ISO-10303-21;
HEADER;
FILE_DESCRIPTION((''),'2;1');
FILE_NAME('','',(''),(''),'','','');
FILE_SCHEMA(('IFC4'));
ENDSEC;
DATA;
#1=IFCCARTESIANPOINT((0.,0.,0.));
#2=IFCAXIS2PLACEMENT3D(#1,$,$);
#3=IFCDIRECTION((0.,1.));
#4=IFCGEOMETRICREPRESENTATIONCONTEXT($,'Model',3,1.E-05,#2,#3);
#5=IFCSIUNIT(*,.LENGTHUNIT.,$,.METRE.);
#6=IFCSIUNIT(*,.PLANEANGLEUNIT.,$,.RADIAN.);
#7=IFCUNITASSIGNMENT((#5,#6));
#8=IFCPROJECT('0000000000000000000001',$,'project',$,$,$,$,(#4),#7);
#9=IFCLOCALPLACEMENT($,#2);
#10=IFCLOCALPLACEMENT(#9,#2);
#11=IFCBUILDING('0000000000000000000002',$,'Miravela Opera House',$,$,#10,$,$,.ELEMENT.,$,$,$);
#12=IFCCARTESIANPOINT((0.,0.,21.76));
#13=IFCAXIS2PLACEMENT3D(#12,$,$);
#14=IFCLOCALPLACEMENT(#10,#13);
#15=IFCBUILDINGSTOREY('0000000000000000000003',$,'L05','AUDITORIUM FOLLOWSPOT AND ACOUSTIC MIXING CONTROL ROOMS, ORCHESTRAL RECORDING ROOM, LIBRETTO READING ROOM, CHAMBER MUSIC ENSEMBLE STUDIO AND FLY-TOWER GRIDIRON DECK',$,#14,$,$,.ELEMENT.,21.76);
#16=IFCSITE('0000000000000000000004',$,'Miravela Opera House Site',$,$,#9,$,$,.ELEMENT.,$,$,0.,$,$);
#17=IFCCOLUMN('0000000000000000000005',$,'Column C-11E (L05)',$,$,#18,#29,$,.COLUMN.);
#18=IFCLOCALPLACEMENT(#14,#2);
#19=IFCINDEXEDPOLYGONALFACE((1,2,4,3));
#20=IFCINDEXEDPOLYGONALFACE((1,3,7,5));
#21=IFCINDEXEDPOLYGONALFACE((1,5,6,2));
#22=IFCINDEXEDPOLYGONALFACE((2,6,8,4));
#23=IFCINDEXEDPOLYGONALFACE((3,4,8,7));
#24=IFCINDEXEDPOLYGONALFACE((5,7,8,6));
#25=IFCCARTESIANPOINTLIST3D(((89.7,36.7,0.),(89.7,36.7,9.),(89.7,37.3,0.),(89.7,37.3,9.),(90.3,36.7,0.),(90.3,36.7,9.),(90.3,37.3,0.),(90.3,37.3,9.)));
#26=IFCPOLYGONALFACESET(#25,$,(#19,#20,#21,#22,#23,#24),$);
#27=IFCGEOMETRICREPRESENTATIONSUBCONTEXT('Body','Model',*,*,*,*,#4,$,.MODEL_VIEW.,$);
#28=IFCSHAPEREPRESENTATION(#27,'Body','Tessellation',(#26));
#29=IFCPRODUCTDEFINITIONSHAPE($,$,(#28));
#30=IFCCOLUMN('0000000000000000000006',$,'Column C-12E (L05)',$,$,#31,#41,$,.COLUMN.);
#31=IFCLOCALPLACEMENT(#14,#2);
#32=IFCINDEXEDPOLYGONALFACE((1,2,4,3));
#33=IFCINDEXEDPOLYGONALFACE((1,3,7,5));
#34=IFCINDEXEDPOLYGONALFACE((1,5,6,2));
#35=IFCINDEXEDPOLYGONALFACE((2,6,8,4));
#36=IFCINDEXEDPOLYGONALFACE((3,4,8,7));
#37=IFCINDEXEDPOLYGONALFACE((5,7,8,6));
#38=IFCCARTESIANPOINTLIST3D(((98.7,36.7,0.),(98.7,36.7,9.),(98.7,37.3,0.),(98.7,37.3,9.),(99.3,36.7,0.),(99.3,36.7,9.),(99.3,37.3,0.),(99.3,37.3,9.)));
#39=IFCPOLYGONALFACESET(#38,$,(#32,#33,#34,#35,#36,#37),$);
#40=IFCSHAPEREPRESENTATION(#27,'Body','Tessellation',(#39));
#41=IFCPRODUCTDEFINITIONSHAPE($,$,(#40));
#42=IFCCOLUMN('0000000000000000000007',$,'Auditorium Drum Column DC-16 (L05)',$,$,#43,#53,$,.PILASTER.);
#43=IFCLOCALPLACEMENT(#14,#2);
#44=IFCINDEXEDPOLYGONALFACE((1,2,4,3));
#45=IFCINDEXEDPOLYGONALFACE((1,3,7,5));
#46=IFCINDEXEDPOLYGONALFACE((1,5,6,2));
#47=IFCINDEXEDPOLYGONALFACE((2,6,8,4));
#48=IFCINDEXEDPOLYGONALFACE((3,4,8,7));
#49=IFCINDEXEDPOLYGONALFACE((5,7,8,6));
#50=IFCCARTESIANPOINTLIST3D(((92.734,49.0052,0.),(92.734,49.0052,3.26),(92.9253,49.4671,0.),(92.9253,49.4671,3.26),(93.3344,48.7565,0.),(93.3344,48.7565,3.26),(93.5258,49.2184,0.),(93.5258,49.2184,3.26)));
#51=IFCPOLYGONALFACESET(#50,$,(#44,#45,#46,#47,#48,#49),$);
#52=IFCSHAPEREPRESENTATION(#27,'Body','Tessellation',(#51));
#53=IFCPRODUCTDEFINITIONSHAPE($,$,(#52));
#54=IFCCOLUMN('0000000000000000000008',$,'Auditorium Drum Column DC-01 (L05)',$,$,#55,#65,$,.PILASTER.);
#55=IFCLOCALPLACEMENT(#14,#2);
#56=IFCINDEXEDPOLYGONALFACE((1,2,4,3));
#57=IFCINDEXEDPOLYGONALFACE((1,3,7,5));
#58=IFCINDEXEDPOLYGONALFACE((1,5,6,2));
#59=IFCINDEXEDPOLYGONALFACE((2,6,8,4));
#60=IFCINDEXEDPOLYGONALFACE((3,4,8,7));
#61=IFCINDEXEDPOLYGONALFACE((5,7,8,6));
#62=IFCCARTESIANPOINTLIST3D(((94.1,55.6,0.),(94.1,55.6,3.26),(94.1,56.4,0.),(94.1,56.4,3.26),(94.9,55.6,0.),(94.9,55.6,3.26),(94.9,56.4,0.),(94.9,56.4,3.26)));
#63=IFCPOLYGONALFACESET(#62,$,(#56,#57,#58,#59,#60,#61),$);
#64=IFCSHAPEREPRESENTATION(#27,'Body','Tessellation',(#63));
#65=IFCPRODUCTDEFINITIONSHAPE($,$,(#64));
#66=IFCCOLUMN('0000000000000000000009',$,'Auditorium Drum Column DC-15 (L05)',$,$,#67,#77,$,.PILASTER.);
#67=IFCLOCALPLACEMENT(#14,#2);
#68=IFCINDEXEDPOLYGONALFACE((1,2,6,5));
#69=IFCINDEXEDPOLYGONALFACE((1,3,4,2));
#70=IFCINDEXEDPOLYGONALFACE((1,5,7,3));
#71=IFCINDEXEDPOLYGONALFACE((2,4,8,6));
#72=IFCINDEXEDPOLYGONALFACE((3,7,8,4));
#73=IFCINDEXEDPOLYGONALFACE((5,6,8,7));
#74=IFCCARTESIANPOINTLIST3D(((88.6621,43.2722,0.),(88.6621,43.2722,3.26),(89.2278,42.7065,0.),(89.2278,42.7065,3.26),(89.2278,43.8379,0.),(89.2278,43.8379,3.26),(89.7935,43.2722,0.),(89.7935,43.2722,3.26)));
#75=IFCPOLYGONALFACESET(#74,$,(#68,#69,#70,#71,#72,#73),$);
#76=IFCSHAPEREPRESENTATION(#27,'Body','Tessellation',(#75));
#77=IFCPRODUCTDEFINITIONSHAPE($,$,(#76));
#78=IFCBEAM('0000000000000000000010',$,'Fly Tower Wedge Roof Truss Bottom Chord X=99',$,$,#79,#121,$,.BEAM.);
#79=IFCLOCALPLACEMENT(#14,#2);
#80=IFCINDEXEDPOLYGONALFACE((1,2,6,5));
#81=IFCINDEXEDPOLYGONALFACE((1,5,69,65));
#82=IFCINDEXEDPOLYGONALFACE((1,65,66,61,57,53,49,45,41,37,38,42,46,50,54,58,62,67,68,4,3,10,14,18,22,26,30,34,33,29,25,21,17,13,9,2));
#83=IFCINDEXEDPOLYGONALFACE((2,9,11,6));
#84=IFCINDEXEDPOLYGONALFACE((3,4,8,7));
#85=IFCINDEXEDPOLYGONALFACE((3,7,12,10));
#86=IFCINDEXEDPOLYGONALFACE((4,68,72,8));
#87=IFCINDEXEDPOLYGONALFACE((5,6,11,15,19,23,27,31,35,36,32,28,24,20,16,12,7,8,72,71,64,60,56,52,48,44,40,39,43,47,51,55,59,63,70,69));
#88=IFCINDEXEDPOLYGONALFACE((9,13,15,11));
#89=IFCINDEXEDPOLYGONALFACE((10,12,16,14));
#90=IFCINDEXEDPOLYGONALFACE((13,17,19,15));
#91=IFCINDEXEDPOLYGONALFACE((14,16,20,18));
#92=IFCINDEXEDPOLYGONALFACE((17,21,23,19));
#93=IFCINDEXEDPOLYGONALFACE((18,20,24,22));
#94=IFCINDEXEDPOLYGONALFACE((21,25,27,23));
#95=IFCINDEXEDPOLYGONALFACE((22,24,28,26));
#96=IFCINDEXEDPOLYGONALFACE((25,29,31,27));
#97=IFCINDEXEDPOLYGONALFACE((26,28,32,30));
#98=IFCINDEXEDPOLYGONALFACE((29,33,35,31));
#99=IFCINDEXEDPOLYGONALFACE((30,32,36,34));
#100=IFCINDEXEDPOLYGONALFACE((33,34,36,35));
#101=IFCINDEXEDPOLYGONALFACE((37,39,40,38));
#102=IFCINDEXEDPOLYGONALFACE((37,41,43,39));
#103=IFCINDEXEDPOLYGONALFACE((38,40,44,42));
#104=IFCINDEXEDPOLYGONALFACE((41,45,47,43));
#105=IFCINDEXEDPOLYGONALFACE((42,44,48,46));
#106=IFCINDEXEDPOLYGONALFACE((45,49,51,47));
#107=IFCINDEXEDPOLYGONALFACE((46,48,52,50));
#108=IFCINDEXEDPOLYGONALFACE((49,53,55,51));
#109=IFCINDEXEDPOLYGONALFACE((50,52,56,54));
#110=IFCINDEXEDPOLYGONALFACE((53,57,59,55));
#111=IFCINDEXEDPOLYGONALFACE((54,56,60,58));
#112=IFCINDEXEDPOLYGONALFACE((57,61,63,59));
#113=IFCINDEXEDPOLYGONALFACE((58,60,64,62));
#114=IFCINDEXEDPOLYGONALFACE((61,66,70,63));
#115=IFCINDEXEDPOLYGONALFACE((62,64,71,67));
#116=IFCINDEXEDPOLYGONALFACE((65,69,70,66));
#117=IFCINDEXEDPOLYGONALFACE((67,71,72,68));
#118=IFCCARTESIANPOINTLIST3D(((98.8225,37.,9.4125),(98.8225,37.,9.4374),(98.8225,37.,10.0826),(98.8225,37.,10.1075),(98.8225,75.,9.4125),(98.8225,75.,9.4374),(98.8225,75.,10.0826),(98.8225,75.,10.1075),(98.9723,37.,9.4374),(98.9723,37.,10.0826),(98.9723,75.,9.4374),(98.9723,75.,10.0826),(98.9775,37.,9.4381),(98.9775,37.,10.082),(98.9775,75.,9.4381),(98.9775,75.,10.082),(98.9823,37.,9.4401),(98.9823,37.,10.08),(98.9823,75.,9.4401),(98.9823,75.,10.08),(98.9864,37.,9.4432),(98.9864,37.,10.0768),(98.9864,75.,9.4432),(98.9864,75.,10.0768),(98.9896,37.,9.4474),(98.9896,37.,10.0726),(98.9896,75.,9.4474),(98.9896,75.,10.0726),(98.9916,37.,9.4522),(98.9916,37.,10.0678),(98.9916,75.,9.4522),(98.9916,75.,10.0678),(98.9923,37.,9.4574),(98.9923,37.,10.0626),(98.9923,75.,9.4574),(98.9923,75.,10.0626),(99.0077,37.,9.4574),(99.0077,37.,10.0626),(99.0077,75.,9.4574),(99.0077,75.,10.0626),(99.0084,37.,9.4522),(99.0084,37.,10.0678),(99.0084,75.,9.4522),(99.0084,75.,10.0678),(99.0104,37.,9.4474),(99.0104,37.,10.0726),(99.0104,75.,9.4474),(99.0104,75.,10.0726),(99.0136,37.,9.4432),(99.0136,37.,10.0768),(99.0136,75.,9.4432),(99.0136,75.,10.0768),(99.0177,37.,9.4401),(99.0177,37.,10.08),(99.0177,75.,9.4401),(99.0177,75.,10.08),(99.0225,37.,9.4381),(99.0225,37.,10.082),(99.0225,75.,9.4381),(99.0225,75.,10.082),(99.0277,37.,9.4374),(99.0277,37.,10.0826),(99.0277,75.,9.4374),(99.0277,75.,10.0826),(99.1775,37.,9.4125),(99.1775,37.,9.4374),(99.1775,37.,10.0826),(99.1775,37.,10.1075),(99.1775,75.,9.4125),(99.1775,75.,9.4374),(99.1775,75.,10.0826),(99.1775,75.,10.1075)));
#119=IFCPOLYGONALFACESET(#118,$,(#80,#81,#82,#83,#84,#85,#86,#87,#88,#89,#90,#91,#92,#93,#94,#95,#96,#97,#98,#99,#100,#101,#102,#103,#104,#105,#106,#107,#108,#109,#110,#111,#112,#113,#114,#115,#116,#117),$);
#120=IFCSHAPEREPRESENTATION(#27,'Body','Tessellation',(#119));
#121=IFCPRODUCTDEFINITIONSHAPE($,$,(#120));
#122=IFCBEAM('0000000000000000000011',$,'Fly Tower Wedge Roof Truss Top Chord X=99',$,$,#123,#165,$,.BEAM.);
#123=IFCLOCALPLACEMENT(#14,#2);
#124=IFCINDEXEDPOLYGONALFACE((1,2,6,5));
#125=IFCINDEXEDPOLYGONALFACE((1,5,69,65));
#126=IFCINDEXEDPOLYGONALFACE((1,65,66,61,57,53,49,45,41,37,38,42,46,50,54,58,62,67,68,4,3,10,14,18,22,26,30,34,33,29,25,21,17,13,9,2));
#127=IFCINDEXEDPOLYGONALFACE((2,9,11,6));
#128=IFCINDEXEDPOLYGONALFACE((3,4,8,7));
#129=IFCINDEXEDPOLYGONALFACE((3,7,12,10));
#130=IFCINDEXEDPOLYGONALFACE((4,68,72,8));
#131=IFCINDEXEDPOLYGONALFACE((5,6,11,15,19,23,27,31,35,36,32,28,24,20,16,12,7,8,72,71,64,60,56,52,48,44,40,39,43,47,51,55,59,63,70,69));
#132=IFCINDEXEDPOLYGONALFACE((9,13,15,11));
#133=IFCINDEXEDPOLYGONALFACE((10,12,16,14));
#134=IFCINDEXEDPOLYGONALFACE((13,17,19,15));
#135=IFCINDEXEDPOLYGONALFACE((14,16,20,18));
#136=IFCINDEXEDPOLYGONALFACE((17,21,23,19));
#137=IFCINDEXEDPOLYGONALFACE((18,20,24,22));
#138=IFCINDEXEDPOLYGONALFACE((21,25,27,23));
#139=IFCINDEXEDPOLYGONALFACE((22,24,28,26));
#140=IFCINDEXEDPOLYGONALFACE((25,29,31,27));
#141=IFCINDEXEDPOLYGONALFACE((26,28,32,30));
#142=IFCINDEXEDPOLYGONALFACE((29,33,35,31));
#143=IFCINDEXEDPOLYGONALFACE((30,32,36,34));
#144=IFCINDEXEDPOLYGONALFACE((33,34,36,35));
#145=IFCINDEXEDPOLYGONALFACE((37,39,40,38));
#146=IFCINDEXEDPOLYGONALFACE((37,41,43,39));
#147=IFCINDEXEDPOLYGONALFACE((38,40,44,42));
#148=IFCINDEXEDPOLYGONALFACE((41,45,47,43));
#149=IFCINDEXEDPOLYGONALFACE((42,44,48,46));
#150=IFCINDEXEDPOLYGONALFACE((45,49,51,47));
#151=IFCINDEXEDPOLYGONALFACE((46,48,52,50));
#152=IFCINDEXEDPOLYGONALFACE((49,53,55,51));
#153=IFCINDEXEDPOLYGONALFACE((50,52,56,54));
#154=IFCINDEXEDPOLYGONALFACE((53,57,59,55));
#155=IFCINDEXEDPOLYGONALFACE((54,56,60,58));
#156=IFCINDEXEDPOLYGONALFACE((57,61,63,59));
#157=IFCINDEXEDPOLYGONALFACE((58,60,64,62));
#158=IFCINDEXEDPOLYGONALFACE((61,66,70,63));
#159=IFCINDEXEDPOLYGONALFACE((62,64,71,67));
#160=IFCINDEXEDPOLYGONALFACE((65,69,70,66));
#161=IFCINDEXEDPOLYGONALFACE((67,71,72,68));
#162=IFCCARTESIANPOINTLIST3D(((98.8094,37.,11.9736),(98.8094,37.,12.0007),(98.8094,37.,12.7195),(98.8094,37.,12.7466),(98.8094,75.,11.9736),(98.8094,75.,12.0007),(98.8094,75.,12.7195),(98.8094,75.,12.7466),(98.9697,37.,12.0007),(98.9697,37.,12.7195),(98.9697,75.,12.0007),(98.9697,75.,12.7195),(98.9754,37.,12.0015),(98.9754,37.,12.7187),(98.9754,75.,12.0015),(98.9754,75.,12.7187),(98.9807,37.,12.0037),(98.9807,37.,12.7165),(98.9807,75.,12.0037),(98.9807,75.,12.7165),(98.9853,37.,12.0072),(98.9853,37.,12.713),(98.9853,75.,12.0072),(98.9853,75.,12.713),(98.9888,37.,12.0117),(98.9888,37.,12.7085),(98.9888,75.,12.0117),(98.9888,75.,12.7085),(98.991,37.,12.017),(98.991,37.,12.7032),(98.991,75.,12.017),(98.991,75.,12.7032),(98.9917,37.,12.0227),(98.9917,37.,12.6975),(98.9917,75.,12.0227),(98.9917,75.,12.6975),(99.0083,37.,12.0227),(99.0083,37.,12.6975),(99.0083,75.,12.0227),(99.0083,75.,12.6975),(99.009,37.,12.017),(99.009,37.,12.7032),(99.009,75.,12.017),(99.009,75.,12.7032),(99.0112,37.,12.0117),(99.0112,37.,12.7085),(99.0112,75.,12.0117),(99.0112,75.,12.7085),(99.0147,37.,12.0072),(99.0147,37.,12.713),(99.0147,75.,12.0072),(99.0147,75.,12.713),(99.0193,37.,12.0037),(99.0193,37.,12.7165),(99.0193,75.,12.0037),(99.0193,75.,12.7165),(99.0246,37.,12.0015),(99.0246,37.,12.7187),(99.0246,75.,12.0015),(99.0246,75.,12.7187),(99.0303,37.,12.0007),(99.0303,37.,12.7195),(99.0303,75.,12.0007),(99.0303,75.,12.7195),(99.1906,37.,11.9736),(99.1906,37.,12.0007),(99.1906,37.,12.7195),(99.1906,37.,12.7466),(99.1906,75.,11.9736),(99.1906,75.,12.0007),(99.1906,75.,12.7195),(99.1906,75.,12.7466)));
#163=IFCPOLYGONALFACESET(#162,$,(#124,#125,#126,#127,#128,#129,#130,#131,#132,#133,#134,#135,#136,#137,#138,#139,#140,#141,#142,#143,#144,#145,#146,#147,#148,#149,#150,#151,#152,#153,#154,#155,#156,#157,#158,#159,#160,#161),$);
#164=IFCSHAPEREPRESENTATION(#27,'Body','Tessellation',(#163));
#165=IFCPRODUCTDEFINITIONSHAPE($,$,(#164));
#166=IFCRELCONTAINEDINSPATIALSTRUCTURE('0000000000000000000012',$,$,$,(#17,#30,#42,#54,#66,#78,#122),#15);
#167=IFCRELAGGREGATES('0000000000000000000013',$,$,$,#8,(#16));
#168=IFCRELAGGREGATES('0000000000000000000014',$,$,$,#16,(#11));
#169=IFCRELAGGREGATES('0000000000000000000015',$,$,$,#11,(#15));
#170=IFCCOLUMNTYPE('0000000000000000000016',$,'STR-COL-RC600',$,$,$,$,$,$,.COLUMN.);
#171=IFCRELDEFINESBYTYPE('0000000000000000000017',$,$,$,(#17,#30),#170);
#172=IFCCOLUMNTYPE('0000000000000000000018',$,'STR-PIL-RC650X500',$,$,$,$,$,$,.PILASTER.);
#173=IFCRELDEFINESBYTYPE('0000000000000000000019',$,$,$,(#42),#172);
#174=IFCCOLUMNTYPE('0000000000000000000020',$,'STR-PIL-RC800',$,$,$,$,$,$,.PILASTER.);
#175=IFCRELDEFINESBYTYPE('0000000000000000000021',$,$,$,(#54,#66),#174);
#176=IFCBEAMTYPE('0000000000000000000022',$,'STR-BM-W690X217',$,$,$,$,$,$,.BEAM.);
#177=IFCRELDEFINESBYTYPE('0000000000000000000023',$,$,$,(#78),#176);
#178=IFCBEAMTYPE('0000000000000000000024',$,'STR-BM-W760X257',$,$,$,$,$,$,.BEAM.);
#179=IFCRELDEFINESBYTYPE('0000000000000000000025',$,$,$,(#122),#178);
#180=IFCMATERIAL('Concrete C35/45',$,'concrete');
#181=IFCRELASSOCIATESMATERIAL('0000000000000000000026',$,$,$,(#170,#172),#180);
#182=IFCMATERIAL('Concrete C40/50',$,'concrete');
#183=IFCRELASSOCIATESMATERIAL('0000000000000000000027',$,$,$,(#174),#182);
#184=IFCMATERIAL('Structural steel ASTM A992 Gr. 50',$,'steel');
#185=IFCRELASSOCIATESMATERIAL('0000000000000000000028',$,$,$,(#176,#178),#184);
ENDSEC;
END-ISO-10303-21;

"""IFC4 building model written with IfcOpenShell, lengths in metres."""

from ifc_helpers import new_model, si_unit, direction, frame, origin, origin_2d, place, context, subcontext, project, spatial, rectangle, i_section, extrude, material, material_profile, profile_set, type_object, element, save


model = new_model("IFC4")

# Units and contexts
model_context = context("Model", 3, precision=1e-05, world=origin(), true_north=direction((0.0, 1.0)))
body_context = subcontext(model_context, "Body", "Model", "MODEL_VIEW")
ifc_project = project(units=[si_unit("LENGTHUNIT", "METRE"), si_unit("PLANEANGLEUNIT", "RADIAN")], contexts=[model_context])

# Site, building, storey
site_placement = place(None, origin())
site = spatial("IfcSite", under=ifc_project, at=site_placement, Name="Miravela Opera House Site", CompositionType="ELEMENT", RefElevation=0.0)
building_placement = place(site_placement, origin())
building = spatial("IfcBuilding", under=site, at=building_placement, Name="Miravela Opera House", CompositionType="ELEMENT")
storey_placement = place(building_placement, frame((0.0, 0.0, 21.76)))
storey = spatial("IfcBuildingStorey", under=building, at=storey_placement, Name="L05", Description="AUDITORIUM FOLLOWSPOT AND ACOUSTIC MIXING CONTROL ROOMS, ORCHESTRAL RECORDING ROOM, LIBRETTO READING ROOM, CHAMBER MUSIC ENSEMBLE STUDIO AND FLY-TOWER GRIDIRON DECK", CompositionType="ELEMENT", Elevation=21.76)

# Columns
ifc_material_1 = material(Name="Concrete C35/45", Category="concrete")
ifc_material_profile_1 = material_profile(ifc_material_1, rectangle(XDim=0.6001, YDim=0.6001, at=origin_2d()), Name="RC-COL-600X600")
ifc_profile_set_1 = profile_set([ifc_material_profile_1])
column_type_1 = type_object("IfcColumnType", Name="STR-COL-RC600", PredefinedType="COLUMN", material=ifc_profile_set_1)
for number, where, z_axis, x_axis, name in (
    (1, (90.0, 37.0, 0.0), (0.0, 0.0, 1.0), (1.0, 0.0, 0.0), "Column C-11E (L05)"),
    (2, (99.0, 37.0, 0.0), (0.0, 0.0, 1.0), (1.0, 0.0, 0.0), "Column C-12E (L05)"),
):
    element("IfcColumn", number, at=place(storey_placement, frame(where, z_axis=z_axis, x_axis=x_axis)), inside=storey, type_object=column_type_1, Name=name, PredefinedType="COLUMN", context=body_context, shape_type="SweptSolid", body=[
        extrude(rectangle(XDim=0.6001, YDim=0.6001, at=origin_2d()), origin(), (0.0, 0.0, 1.0), 9.0),
    ])
ifc_material_profile_2 = material_profile(ifc_material_1, rectangle(XDim=0.6499, YDim=0.5, at=origin_2d()), Name="RC-PIL-650X500")
ifc_profile_set_2 = profile_set([ifc_material_profile_2])
column_type_2 = type_object("IfcColumnType", Name="STR-PIL-RC650X500", PredefinedType="PILASTER", material=ifc_profile_set_2)
column_placement = place(storey_placement, frame((93.1299, 49.1118, 0.0), z_axis=(0.0, 0.0, 1.0), x_axis=(0.92388, -0.382683, 0.0)))
element("IfcColumn", 3, at=column_placement, inside=storey, type_object=column_type_2, Name="Auditorium Drum Column DC-16 (L05)", PredefinedType="PILASTER", context=body_context, shape_type="SweptSolid", body=[
    extrude(rectangle(XDim=0.6499, YDim=0.5, at=origin_2d()), origin(), (0.0, 0.0, 1.0), 3.26),
])
ifc_material_2 = material(Name="Concrete C40/50", Category="concrete")
ifc_material_profile_3 = material_profile(ifc_material_2, rectangle(XDim=0.8, YDim=0.8, at=origin_2d()), Name="RC-COL-800X800")
ifc_profile_set_3 = profile_set([ifc_material_profile_3])
column_type_3 = type_object("IfcColumnType", Name="STR-PIL-RC800", PredefinedType="PILASTER", material=ifc_profile_set_3)
for number, where, z_axis, x_axis, name in (
    (4, (94.5, 56.0, 0.0), (0.0, 0.0, 1.0), (1.0, 0.0, 0.0), "Auditorium Drum Column DC-01 (L05)"),
    (5, (89.2278, 43.2722, 0.0), (0.0, 0.0, 1.0), (0.707107, -0.707107, 0.0), "Auditorium Drum Column DC-15 (L05)"),
):
    element("IfcColumn", number, at=place(storey_placement, frame(where, z_axis=z_axis, x_axis=x_axis)), inside=storey, type_object=column_type_3, Name=name, PredefinedType="PILASTER", context=body_context, shape_type="SweptSolid", body=[
        extrude(rectangle(XDim=0.8, YDim=0.8, at=origin_2d()), origin(), (0.0, 0.0, 1.0), 3.26),
    ])

# Beams
ifc_material_3 = material(Name="Structural steel ASTM A992 Gr. 50", Category="steel")
ifc_material_profile_4 = material_profile(ifc_material_3, i_section(OverallWidth=0.355, OverallDepth=0.6951, WebThickness=0.0154, FlangeThickness=0.0249, FilletRadius=0.02, at=origin_2d()), Name="W690X217")
ifc_profile_set_4 = profile_set([ifc_material_profile_4])
beam_type_1 = type_object("IfcBeamType", Name="STR-BM-W690X217", PredefinedType="BEAM", material=ifc_profile_set_4)
beam_1_placement = place(storey_placement, frame((99.0, 37.0, 9.76), z_axis=(0.0, 1.0, 0.0), x_axis=(-1.0, 0.0, 0.0)))
element("IfcBeam", 6, at=beam_1_placement, inside=storey, type_object=beam_type_1, Name="Fly Tower Wedge Roof Truss Bottom Chord X=99", PredefinedType="BEAM", context=body_context, shape_type="SweptSolid", body=[
    extrude(i_section(OverallWidth=0.355, OverallDepth=0.6951, WebThickness=0.0154, FlangeThickness=0.0249, FilletRadius=0.02, at=origin_2d()), origin(), (0.0, 0.0, 1.0), 38.0),
])
ifc_material_profile_5 = material_profile(ifc_material_3, i_section(OverallWidth=0.3811, OverallDepth=0.7729, WebThickness=0.0166, FlangeThickness=0.0271, FilletRadius=0.022, at=origin_2d()), Name="W760X257")
ifc_profile_set_5 = profile_set([ifc_material_profile_5])
beam_type_2 = type_object("IfcBeamType", Name="STR-BM-W760X257", PredefinedType="BEAM", material=ifc_profile_set_5)
beam_2_placement = place(storey_placement, frame((99.0, 37.0, 12.3601), z_axis=(0.0, 1.0, 0.0), x_axis=(-1.0, 0.0, 0.0)))
element("IfcBeam", 7, at=beam_2_placement, inside=storey, type_object=beam_type_2, Name="Fly Tower Wedge Roof Truss Top Chord X=99", PredefinedType="BEAM", context=body_context, shape_type="SweptSolid", body=[
    extrude(i_section(OverallWidth=0.3811, OverallDepth=0.7729, WebThickness=0.0166, FlangeThickness=0.0271, FilletRadius=0.022, at=origin_2d()), origin(), (0.0, 0.0, 1.0), 38.0),
])

save(model, "model.ifc")
